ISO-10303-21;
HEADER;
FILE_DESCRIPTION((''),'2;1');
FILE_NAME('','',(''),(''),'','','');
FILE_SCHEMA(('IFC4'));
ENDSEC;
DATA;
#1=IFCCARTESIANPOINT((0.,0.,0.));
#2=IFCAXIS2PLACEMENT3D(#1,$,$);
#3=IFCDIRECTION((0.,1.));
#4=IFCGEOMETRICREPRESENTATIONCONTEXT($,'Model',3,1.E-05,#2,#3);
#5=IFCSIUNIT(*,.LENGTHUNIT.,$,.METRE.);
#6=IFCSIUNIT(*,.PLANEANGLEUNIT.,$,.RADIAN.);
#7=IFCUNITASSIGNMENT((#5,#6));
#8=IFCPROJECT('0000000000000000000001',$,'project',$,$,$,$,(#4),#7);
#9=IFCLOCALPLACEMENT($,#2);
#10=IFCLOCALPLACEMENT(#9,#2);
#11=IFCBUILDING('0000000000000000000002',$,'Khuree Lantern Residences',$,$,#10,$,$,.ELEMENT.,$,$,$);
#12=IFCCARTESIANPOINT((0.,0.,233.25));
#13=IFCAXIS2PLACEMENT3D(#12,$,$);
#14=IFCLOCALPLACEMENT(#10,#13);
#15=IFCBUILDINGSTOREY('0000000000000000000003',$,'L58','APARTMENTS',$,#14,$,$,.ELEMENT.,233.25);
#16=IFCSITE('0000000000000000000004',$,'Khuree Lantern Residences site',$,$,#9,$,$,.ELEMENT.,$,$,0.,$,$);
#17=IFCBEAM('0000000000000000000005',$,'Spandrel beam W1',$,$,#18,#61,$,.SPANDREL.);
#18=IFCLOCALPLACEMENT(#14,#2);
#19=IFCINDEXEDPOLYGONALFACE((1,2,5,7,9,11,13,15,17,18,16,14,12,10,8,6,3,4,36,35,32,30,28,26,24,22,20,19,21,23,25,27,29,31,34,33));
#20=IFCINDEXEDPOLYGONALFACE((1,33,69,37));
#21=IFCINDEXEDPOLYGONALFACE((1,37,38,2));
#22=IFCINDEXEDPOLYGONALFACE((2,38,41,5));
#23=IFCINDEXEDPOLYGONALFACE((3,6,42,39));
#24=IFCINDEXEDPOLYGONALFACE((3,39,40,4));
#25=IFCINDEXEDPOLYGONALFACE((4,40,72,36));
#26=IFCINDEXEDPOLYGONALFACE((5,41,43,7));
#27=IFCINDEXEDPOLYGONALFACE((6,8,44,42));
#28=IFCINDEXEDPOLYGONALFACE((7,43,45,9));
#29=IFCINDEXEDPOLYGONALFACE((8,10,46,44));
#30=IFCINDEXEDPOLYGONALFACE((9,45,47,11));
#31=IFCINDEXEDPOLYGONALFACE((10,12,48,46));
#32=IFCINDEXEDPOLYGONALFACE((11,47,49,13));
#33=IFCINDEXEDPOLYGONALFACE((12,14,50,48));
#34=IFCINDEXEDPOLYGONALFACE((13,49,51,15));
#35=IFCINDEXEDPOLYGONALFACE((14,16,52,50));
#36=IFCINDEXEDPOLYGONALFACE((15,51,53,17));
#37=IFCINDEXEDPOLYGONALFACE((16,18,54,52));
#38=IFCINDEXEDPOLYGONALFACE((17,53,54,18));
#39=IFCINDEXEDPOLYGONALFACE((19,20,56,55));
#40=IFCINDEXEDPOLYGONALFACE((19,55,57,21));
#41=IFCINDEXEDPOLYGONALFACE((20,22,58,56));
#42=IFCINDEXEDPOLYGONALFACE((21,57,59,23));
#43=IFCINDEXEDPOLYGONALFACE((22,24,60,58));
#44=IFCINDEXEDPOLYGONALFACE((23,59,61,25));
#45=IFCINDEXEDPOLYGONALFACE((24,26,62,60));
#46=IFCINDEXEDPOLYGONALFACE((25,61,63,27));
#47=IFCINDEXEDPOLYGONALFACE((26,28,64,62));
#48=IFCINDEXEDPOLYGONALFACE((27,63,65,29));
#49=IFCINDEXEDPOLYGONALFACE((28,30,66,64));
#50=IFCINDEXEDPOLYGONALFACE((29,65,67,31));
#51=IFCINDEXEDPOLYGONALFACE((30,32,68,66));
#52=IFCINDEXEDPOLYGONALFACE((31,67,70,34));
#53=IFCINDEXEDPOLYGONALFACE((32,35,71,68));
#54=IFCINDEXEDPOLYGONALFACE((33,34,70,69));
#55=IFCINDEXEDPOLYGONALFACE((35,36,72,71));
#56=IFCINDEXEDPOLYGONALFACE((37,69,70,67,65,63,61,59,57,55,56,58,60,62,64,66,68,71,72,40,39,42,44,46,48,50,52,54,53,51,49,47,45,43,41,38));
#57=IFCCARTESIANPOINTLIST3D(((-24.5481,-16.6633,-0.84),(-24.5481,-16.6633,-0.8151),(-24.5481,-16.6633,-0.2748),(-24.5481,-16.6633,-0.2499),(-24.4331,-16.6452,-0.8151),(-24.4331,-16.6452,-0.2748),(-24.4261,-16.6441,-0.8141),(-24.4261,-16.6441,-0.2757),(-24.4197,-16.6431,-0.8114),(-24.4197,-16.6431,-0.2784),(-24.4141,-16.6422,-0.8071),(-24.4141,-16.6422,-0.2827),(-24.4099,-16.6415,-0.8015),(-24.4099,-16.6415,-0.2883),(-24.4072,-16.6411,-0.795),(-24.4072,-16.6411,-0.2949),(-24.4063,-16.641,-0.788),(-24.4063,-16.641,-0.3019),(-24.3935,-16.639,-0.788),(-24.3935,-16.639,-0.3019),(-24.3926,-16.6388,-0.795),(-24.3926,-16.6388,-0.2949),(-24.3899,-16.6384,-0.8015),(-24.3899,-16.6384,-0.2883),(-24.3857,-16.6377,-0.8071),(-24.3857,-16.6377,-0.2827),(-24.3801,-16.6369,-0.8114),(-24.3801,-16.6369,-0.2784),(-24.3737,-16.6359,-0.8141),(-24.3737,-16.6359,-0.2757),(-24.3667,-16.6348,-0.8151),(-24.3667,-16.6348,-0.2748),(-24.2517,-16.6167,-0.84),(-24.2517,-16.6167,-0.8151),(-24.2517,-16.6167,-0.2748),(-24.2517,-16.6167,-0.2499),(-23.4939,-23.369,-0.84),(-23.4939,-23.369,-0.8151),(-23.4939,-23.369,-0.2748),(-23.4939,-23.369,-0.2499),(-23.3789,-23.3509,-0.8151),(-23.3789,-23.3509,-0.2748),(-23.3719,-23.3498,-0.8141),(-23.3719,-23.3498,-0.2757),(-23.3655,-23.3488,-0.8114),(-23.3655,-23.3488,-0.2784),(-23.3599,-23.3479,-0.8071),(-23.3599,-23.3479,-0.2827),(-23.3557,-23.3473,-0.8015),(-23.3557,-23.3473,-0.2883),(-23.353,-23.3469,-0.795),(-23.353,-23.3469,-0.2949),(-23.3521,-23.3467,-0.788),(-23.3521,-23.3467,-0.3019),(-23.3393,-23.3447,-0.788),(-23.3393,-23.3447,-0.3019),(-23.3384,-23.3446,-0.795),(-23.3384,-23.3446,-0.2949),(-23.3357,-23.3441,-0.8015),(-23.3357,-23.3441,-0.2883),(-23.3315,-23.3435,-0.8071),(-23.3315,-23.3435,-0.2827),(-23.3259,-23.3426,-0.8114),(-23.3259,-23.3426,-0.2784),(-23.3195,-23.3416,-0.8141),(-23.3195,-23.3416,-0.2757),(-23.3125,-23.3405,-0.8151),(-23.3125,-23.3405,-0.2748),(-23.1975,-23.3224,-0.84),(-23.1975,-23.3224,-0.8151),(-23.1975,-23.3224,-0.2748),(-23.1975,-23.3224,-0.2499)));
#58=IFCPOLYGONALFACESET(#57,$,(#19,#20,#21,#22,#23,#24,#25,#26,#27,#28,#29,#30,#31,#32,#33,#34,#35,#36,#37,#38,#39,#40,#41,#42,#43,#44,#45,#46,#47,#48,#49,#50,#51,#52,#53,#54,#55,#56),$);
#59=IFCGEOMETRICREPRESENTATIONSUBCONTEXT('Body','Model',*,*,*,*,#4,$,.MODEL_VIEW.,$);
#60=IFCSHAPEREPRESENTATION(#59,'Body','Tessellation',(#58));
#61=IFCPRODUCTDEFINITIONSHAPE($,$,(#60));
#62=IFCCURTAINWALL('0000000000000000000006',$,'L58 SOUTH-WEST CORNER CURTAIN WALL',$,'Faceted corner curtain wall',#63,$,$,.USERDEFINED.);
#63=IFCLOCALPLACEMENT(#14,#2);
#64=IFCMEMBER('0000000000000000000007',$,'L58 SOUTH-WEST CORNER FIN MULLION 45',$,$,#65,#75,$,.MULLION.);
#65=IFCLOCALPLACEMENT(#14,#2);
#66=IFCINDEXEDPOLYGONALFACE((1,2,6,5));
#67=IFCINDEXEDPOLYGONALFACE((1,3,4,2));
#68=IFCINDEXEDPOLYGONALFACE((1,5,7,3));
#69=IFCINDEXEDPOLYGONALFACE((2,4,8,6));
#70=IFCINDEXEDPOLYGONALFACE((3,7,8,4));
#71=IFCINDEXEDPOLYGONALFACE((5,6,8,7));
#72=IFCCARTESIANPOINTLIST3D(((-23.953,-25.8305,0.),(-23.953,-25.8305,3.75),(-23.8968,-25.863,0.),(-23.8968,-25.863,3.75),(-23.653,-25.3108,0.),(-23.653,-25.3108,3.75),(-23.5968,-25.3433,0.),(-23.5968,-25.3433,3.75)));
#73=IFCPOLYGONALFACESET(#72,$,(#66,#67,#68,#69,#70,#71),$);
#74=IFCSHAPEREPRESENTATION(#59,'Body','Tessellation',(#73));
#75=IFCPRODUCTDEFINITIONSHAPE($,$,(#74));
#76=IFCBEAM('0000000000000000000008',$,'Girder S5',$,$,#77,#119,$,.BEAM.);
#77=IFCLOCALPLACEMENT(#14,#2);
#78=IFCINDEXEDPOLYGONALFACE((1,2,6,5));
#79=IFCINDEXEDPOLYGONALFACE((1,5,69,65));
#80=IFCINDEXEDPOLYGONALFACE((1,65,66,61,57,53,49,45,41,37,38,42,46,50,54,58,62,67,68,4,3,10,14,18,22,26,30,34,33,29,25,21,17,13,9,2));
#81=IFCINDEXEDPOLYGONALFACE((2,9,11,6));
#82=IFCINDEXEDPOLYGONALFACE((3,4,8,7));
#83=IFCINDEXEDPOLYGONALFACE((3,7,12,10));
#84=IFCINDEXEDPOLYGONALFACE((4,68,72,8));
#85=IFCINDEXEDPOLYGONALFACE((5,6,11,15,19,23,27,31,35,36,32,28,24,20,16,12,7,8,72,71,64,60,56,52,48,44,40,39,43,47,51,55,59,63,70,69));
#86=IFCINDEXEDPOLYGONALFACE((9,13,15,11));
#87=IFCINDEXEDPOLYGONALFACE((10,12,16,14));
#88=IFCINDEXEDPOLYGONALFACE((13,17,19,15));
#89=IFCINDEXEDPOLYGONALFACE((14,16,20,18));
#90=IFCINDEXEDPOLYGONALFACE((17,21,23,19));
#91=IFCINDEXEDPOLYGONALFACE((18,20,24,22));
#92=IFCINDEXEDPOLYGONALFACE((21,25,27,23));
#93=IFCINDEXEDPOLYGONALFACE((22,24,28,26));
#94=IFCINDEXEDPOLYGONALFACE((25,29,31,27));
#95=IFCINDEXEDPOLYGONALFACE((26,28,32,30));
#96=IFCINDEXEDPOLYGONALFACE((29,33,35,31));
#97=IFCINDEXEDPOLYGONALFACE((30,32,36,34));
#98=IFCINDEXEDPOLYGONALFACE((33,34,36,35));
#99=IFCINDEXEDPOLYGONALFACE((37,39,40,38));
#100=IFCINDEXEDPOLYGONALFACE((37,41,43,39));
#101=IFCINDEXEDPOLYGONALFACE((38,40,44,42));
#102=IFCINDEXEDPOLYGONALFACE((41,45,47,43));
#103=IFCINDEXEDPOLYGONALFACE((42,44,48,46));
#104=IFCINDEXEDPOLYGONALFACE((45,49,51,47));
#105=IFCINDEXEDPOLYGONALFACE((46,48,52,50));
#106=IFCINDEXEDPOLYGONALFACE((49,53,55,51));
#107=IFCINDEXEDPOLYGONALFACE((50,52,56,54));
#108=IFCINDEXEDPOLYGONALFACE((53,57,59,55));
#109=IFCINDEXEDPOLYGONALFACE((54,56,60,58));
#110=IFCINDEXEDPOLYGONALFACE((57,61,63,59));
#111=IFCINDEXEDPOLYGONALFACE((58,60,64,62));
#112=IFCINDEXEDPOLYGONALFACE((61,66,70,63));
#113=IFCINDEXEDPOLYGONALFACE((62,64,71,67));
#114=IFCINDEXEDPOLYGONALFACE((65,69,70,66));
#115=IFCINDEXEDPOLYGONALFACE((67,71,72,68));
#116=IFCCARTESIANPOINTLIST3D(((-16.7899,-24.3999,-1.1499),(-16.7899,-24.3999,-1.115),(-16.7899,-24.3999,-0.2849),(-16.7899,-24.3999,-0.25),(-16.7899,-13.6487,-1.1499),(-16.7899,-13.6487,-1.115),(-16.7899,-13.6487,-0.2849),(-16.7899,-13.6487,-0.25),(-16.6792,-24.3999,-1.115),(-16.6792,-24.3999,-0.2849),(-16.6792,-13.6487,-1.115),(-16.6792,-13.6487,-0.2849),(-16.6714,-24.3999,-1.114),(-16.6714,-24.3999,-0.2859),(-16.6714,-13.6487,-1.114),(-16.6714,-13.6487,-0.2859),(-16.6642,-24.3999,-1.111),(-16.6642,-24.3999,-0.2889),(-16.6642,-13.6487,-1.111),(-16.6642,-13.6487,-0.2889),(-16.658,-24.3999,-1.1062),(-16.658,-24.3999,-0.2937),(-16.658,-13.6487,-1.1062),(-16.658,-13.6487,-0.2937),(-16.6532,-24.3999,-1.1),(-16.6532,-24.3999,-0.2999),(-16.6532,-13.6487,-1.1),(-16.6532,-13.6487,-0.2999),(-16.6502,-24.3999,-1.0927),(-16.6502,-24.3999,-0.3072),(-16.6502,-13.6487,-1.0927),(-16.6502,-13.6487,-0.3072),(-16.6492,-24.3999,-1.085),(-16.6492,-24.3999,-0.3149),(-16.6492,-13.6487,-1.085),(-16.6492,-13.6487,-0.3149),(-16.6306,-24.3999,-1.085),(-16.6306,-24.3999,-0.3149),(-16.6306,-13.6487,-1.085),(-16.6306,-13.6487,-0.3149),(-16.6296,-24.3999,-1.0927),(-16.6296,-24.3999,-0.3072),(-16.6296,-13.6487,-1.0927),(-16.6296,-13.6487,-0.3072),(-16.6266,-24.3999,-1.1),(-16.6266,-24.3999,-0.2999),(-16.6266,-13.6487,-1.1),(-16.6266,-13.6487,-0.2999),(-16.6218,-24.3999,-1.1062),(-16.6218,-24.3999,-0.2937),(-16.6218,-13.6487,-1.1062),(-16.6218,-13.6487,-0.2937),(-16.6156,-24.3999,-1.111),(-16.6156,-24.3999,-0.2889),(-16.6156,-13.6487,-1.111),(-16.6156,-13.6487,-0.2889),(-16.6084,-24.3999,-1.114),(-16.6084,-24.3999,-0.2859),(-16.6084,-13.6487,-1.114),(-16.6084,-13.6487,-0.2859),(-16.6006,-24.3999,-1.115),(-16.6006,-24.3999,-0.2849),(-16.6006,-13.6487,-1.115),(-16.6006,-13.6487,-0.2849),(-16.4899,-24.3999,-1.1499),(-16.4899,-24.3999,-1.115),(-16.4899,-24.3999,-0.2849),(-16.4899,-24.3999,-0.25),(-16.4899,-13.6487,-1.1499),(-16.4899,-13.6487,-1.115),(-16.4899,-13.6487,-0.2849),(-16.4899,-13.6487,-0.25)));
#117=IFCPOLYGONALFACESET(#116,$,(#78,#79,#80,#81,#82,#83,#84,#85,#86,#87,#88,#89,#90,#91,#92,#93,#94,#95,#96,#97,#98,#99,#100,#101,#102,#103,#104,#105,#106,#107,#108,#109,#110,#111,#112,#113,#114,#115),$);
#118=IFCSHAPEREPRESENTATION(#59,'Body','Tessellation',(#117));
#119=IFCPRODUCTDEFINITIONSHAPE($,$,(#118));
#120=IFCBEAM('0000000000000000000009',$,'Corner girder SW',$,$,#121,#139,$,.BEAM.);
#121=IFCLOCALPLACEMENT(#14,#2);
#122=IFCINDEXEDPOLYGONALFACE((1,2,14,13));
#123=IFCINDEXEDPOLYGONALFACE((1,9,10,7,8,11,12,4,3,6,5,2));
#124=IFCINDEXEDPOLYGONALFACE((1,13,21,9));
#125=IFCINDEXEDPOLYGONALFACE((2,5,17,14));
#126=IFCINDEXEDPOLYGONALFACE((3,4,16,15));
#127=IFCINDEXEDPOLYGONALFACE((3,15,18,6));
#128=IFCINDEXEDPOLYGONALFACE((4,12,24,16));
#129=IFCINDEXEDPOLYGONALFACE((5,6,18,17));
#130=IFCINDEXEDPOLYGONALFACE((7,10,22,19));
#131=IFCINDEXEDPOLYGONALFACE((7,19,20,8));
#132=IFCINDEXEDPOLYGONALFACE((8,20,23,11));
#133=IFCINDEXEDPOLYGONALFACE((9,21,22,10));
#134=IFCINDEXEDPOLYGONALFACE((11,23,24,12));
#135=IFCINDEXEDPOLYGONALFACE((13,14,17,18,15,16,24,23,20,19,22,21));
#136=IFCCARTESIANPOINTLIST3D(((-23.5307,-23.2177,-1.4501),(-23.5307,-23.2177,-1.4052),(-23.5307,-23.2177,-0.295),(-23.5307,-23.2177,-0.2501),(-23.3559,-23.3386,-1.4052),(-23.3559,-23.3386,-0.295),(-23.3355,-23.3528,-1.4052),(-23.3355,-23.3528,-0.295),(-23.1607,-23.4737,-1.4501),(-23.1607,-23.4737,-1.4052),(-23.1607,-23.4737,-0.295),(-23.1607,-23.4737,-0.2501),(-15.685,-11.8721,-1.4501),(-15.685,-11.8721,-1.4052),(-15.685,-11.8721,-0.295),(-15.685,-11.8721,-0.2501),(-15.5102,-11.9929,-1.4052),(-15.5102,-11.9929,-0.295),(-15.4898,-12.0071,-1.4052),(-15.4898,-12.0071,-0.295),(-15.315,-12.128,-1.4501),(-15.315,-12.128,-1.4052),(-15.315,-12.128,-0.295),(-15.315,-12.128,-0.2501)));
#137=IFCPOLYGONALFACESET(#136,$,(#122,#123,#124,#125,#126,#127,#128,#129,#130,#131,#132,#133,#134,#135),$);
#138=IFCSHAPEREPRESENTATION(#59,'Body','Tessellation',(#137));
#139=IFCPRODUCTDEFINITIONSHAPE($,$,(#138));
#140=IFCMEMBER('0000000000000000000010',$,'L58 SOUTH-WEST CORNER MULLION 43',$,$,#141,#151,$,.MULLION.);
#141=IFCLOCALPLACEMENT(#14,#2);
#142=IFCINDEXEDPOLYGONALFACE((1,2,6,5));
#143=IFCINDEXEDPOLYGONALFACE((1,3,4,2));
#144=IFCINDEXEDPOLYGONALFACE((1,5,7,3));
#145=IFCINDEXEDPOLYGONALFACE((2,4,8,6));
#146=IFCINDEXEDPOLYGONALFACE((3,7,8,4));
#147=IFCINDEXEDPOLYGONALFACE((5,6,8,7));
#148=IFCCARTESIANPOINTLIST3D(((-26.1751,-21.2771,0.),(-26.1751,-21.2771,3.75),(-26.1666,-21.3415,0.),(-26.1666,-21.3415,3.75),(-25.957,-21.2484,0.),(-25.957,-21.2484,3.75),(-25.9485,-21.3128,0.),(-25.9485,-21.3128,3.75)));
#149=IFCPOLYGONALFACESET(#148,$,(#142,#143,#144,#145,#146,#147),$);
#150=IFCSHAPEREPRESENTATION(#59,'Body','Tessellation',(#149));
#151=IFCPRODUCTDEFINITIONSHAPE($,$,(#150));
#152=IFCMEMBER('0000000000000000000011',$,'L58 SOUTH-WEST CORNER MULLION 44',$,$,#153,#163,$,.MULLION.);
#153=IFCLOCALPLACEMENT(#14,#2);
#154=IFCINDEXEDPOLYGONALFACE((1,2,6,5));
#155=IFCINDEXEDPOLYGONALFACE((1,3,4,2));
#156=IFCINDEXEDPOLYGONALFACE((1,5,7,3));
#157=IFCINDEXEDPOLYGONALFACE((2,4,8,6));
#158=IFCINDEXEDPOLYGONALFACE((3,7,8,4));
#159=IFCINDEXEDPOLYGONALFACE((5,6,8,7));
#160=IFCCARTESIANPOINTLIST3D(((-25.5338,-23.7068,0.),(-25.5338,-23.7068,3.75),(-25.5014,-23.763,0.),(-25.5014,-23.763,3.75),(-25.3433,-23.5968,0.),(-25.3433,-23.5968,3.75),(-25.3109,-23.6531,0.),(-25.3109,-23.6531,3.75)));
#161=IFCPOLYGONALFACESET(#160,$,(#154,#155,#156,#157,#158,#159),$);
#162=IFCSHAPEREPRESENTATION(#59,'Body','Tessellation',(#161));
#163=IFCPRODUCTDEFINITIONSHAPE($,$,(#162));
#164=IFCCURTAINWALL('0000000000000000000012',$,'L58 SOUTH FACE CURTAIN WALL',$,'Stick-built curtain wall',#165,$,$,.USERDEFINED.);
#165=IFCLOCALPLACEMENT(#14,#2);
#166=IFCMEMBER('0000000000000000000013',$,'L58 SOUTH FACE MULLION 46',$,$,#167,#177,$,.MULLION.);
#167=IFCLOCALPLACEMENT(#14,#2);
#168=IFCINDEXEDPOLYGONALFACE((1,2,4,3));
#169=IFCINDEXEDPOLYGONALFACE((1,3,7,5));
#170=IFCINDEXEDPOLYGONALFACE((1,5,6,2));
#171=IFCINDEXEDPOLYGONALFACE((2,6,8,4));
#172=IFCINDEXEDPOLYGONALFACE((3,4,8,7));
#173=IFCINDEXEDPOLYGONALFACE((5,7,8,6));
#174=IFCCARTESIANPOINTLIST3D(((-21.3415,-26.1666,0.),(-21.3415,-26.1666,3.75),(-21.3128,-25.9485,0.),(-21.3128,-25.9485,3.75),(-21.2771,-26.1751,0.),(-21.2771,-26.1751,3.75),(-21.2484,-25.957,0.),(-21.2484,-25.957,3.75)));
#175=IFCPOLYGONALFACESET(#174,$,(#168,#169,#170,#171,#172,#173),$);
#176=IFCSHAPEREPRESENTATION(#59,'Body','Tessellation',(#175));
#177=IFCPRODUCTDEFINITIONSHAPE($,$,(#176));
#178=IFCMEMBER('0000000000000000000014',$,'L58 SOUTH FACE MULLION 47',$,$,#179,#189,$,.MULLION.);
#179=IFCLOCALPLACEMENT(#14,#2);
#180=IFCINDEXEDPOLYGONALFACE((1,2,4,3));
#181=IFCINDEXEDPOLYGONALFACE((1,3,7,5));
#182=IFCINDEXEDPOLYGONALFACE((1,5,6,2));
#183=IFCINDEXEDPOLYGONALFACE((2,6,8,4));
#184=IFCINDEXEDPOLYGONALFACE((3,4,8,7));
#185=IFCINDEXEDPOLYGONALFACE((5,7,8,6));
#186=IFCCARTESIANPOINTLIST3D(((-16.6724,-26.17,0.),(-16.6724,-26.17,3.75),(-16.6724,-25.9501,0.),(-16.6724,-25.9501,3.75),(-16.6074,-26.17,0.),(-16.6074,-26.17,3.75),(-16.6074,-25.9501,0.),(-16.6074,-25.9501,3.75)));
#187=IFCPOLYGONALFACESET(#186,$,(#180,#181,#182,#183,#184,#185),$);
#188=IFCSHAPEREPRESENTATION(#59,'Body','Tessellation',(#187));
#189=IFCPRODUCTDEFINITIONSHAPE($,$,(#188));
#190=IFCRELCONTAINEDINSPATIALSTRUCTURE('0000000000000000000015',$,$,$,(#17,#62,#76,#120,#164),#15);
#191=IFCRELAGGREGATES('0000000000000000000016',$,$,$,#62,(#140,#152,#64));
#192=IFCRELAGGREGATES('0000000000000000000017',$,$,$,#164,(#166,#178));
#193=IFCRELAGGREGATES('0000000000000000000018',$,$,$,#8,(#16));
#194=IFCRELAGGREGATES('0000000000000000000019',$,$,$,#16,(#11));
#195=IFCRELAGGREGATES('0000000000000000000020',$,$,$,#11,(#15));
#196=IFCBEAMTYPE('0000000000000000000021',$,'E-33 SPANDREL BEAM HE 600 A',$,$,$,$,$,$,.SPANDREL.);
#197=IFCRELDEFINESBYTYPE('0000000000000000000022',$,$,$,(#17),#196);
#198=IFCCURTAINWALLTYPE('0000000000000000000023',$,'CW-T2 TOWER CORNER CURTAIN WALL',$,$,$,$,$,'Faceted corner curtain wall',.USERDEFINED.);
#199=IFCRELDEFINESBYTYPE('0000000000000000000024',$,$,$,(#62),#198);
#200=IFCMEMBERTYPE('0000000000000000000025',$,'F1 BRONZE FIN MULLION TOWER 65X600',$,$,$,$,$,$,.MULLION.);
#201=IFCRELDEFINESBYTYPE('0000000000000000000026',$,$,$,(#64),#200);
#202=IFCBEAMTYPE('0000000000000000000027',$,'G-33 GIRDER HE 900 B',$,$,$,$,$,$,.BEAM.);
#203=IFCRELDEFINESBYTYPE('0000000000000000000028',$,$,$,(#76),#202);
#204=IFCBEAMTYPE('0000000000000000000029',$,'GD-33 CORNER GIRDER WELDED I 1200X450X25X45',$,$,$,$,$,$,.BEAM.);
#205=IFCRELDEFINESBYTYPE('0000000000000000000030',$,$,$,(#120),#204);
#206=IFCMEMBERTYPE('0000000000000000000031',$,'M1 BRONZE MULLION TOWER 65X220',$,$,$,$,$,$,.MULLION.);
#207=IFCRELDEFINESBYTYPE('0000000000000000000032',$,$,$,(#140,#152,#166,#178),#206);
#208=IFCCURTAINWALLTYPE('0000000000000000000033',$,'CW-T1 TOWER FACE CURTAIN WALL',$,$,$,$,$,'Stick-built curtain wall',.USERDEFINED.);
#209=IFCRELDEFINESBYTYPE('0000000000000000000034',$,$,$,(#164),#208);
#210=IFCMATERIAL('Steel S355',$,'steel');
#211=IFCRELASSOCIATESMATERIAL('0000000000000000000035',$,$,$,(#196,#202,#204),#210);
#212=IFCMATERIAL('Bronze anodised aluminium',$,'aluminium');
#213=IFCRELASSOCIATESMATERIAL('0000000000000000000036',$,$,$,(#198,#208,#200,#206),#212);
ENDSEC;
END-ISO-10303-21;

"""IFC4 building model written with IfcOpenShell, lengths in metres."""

from ifc_helpers import new_model, si_unit, direction, frame, origin, origin_2d, place, context, subcontext, project, spatial, rectangle, i_section, extrude, material, material_profile, profile_set, type_object, element, aggregate, save


model = new_model("IFC4")

# Units and contexts
model_context = context("Model", 3, precision=1e-05, world=origin(), true_north=direction((0.0, 1.0)))
body_context = subcontext(model_context, "Body", "Model", "MODEL_VIEW")
ifc_project = project(units=[si_unit("LENGTHUNIT", "METRE"), si_unit("PLANEANGLEUNIT", "RADIAN")], contexts=[model_context])

# Site, building, storey
site_placement = place(None, origin())
site = spatial("IfcSite", under=ifc_project, at=site_placement, Name="Khuree Lantern Residences site", CompositionType="ELEMENT", RefElevation=0.0)
building_placement = place(site_placement, origin())
building = spatial("IfcBuilding", under=site, at=building_placement, Name="Khuree Lantern Residences", CompositionType="ELEMENT")
storey_placement = place(building_placement, frame((0.0, 0.0, 233.25)))
storey = spatial("IfcBuildingStorey", under=building, at=storey_placement, Name="L58", Description="APARTMENTS", CompositionType="ELEMENT", Elevation=233.25)

# Beam
ifc_material_1 = material(Name="Steel S355", Category="steel")
ifc_material_profile_1 = material_profile(ifc_material_1, i_section(OverallWidth=0.3, OverallDepth=0.5901, WebThickness=0.0129, FlangeThickness=0.0249, FilletRadius=0.0271, at=origin_2d()), Name="HE 600 A")
ifc_profile_set_1 = profile_set([ifc_material_profile_1], Name="Steel S355")
beam_type_1 = type_object("IfcBeamType", Name="E-33 SPANDREL BEAM HE 600 A", PredefinedType="SPANDREL", material=ifc_profile_set_1)
for number, where, z_axis, x_axis, name in (
    (1, (-23.3457, -23.3457, -0.5449), (-0.1553, 0.987867, 0.0), (-0.987867, -0.1553, 0.0), "Spandrel beam W1"),
):
    element("IfcBeam", number, at=place(storey_placement, frame(where, z_axis=z_axis, x_axis=x_axis)), inside=storey, type_object=beam_type_1, Name=name, PredefinedType="SPANDREL", context=body_context, shape_type="SweptSolid", body=[
        extrude(i_section(OverallWidth=0.3, OverallDepth=0.5901, WebThickness=0.0129, FlangeThickness=0.0249, FilletRadius=0.0271, at=origin_2d()), origin(), (0.0, 0.0, 1.0), 6.7881),
    ])

# Curtain wall, member
ifc_material_2 = material(Name="Bronze anodised aluminium", Category="aluminium")
curtain_wall_type_1 = type_object("IfcCurtainWallType", Name="CW-T2 TOWER CORNER CURTAIN WALL", ElementType="Faceted corner curtain wall", PredefinedType="USERDEFINED", material=ifc_material_2)
curtain_wall_1_placement = place(storey_placement, origin())
curtain_wall_1 = element("IfcCurtainWall", 2, at=curtain_wall_1_placement, inside=storey, type_object=curtain_wall_type_1, Name="L58 SOUTH-WEST CORNER CURTAIN WALL", ObjectType="Faceted corner curtain wall", PredefinedType="USERDEFINED")
ifc_material_profile_2 = material_profile(ifc_material_2, rectangle(XDim=0.0649, YDim=0.6001, at=origin_2d()), Name="F1 65X600")
ifc_profile_set_2 = profile_set([ifc_material_profile_2], Name="Bronze anodised aluminium")
member_type_1 = type_object("IfcMemberType", Name="F1 BRONZE FIN MULLION TOWER 65X600", PredefinedType="MULLION", material=ifc_profile_set_2)
member_1_placement = place(storey_placement, frame((-23.7749, -25.5869, 0.0), z_axis=(0.0, 0.0, 1.0), x_axis=(0.866025, -0.5, 0.0)))
member_1 = element("IfcMember", 3, at=member_1_placement, type_object=member_type_1, Name="L58 SOUTH-WEST CORNER FIN MULLION 45", PredefinedType="MULLION", context=body_context, shape_type="SweptSolid", body=[
    extrude(rectangle(XDim=0.0649, YDim=0.6001, at=origin_2d()), origin(), (0.0, 0.0, 1.0), 3.75),
])

# Beams
ifc_material_profile_3 = material_profile(ifc_material_1, i_section(OverallWidth=0.3, OverallDepth=0.8999, WebThickness=0.0186, FlangeThickness=0.0349, FilletRadius=0.03, at=origin_2d()), Name="HE 900 B")
ifc_profile_set_3 = profile_set([ifc_material_profile_3], Name="Steel S355")
beam_type_2 = type_object("IfcBeamType", Name="G-33 GIRDER HE 900 B", PredefinedType="BEAM", material=ifc_profile_set_3)
beam_1_placement = place(storey_placement, frame((-16.6399, -24.3999, -0.7), z_axis=(0.0, 1.0, 0.0), x_axis=(-1.0, 0.0, 0.0)))
element("IfcBeam", 4, at=beam_1_placement, inside=storey, type_object=beam_type_2, Name="Girder S5", PredefinedType="BEAM", context=body_context, shape_type="SweptSolid", body=[
    extrude(i_section(OverallWidth=0.3, OverallDepth=0.8999, WebThickness=0.0186, FlangeThickness=0.0349, FilletRadius=0.03, at=origin_2d()), origin(), (0.0, 0.0, 1.0), 10.7512),
])
ifc_material_profile_4 = material_profile(ifc_material_1, i_section(OverallWidth=0.45, OverallDepth=1.2, WebThickness=0.0249, FlangeThickness=0.0449, at=origin_2d()), Name="WELDED I 1200X450X25X45")
ifc_profile_set_4 = profile_set([ifc_material_profile_4], Name="Steel S355")
beam_type_3 = type_object("IfcBeamType", Name="GD-33 CORNER GIRDER WELDED I 1200X450X25X45", PredefinedType="BEAM", material=ifc_profile_set_4)
beam_2_placement = place(storey_placement, frame((-23.3457, -23.3457, -0.8501), z_axis=(0.568768, 0.822498, 0.0), x_axis=(-0.822498, 0.568768, 0.0)))
element("IfcBeam", 5, at=beam_2_placement, inside=storey, type_object=beam_type_3, Name="Corner girder SW", PredefinedType="BEAM", context=body_context, shape_type="SweptSolid", body=[
    extrude(i_section(OverallWidth=0.45, OverallDepth=1.2, WebThickness=0.0249, FlangeThickness=0.0449, at=origin_2d()), origin(), (0.0, 0.0, 1.0), 13.7942),
])

# Members
ifc_material_profile_5 = material_profile(ifc_material_2, rectangle(XDim=0.0649, YDim=0.22, at=origin_2d()), Name="M1 65X220")
ifc_profile_set_5 = profile_set([ifc_material_profile_5], Name="Bronze anodised aluminium")
member_type_2 = type_object("IfcMemberType", Name="M1 BRONZE MULLION TOWER 65X220", PredefinedType="MULLION", material=ifc_profile_set_5)
member_2_placement = place(storey_placement, frame((-26.0618, -21.2949, 0.0), z_axis=(0.0, 0.0, 1.0), x_axis=(0.130526, -0.991445, 0.0)))
member_2 = element("IfcMember", 6, at=member_2_placement, type_object=member_type_2, Name="L58 SOUTH-WEST CORNER MULLION 43", PredefinedType="MULLION", context=body_context, shape_type="SweptSolid", body=[
    extrude(rectangle(XDim=0.0649, YDim=0.22, at=origin_2d()), origin(), (0.0, 0.0, 1.0), 3.75),
])
member_3_placement = place(storey_placement, frame((-25.4224, -23.6799, 0.0), z_axis=(0.0, 0.0, 1.0), x_axis=(0.5, -0.866025, 0.0)))
member_3 = element("IfcMember", 7, at=member_3_placement, type_object=member_type_2, Name="L58 SOUTH-WEST CORNER MULLION 44", PredefinedType="MULLION", context=body_context, shape_type="SweptSolid", body=[
    extrude(rectangle(XDim=0.0649, YDim=0.22, at=origin_2d()), origin(), (0.0, 0.0, 1.0), 3.75),
])

# Curtain wall, members
curtain_wall_type_2 = type_object("IfcCurtainWallType", Name="CW-T1 TOWER FACE CURTAIN WALL", ElementType="Stick-built curtain wall", PredefinedType="USERDEFINED", material=ifc_material_2)
curtain_wall_2_placement = place(storey_placement, origin())
curtain_wall_2 = element("IfcCurtainWall", 8, at=curtain_wall_2_placement, inside=storey, type_object=curtain_wall_type_2, Name="L58 SOUTH FACE CURTAIN WALL", ObjectType="Stick-built curtain wall", PredefinedType="USERDEFINED")
member_4_placement = place(storey_placement, frame((-21.2949, -26.0618, 0.0), z_axis=(0.0, 0.0, 1.0), x_axis=(0.991445, -0.130526, 0.0)))
member_4 = element("IfcMember", 9, at=member_4_placement, type_object=member_type_2, Name="L58 SOUTH FACE MULLION 46", PredefinedType="MULLION", context=body_context, shape_type="SweptSolid", body=[
    extrude(rectangle(XDim=0.0649, YDim=0.22, at=origin_2d()), origin(), (0.0, 0.0, 1.0), 3.75),
])
member_5_placement = place(storey_placement, frame((-16.6399, -26.0601, 0.0), z_axis=(0.0, 0.0, 1.0), x_axis=(1.0, 0.0, 0.0)))
member_5 = element("IfcMember", 10, at=member_5_placement, type_object=member_type_2, Name="L58 SOUTH FACE MULLION 47", PredefinedType="MULLION", context=body_context, shape_type="SweptSolid", body=[
    extrude(rectangle(XDim=0.0649, YDim=0.22, at=origin_2d()), origin(), (0.0, 0.0, 1.0), 3.75),
])

aggregate(curtain_wall_1, [member_2, member_3, member_1])
aggregate(curtain_wall_2, [member_4, member_5])

save(model, "model.ifc")
